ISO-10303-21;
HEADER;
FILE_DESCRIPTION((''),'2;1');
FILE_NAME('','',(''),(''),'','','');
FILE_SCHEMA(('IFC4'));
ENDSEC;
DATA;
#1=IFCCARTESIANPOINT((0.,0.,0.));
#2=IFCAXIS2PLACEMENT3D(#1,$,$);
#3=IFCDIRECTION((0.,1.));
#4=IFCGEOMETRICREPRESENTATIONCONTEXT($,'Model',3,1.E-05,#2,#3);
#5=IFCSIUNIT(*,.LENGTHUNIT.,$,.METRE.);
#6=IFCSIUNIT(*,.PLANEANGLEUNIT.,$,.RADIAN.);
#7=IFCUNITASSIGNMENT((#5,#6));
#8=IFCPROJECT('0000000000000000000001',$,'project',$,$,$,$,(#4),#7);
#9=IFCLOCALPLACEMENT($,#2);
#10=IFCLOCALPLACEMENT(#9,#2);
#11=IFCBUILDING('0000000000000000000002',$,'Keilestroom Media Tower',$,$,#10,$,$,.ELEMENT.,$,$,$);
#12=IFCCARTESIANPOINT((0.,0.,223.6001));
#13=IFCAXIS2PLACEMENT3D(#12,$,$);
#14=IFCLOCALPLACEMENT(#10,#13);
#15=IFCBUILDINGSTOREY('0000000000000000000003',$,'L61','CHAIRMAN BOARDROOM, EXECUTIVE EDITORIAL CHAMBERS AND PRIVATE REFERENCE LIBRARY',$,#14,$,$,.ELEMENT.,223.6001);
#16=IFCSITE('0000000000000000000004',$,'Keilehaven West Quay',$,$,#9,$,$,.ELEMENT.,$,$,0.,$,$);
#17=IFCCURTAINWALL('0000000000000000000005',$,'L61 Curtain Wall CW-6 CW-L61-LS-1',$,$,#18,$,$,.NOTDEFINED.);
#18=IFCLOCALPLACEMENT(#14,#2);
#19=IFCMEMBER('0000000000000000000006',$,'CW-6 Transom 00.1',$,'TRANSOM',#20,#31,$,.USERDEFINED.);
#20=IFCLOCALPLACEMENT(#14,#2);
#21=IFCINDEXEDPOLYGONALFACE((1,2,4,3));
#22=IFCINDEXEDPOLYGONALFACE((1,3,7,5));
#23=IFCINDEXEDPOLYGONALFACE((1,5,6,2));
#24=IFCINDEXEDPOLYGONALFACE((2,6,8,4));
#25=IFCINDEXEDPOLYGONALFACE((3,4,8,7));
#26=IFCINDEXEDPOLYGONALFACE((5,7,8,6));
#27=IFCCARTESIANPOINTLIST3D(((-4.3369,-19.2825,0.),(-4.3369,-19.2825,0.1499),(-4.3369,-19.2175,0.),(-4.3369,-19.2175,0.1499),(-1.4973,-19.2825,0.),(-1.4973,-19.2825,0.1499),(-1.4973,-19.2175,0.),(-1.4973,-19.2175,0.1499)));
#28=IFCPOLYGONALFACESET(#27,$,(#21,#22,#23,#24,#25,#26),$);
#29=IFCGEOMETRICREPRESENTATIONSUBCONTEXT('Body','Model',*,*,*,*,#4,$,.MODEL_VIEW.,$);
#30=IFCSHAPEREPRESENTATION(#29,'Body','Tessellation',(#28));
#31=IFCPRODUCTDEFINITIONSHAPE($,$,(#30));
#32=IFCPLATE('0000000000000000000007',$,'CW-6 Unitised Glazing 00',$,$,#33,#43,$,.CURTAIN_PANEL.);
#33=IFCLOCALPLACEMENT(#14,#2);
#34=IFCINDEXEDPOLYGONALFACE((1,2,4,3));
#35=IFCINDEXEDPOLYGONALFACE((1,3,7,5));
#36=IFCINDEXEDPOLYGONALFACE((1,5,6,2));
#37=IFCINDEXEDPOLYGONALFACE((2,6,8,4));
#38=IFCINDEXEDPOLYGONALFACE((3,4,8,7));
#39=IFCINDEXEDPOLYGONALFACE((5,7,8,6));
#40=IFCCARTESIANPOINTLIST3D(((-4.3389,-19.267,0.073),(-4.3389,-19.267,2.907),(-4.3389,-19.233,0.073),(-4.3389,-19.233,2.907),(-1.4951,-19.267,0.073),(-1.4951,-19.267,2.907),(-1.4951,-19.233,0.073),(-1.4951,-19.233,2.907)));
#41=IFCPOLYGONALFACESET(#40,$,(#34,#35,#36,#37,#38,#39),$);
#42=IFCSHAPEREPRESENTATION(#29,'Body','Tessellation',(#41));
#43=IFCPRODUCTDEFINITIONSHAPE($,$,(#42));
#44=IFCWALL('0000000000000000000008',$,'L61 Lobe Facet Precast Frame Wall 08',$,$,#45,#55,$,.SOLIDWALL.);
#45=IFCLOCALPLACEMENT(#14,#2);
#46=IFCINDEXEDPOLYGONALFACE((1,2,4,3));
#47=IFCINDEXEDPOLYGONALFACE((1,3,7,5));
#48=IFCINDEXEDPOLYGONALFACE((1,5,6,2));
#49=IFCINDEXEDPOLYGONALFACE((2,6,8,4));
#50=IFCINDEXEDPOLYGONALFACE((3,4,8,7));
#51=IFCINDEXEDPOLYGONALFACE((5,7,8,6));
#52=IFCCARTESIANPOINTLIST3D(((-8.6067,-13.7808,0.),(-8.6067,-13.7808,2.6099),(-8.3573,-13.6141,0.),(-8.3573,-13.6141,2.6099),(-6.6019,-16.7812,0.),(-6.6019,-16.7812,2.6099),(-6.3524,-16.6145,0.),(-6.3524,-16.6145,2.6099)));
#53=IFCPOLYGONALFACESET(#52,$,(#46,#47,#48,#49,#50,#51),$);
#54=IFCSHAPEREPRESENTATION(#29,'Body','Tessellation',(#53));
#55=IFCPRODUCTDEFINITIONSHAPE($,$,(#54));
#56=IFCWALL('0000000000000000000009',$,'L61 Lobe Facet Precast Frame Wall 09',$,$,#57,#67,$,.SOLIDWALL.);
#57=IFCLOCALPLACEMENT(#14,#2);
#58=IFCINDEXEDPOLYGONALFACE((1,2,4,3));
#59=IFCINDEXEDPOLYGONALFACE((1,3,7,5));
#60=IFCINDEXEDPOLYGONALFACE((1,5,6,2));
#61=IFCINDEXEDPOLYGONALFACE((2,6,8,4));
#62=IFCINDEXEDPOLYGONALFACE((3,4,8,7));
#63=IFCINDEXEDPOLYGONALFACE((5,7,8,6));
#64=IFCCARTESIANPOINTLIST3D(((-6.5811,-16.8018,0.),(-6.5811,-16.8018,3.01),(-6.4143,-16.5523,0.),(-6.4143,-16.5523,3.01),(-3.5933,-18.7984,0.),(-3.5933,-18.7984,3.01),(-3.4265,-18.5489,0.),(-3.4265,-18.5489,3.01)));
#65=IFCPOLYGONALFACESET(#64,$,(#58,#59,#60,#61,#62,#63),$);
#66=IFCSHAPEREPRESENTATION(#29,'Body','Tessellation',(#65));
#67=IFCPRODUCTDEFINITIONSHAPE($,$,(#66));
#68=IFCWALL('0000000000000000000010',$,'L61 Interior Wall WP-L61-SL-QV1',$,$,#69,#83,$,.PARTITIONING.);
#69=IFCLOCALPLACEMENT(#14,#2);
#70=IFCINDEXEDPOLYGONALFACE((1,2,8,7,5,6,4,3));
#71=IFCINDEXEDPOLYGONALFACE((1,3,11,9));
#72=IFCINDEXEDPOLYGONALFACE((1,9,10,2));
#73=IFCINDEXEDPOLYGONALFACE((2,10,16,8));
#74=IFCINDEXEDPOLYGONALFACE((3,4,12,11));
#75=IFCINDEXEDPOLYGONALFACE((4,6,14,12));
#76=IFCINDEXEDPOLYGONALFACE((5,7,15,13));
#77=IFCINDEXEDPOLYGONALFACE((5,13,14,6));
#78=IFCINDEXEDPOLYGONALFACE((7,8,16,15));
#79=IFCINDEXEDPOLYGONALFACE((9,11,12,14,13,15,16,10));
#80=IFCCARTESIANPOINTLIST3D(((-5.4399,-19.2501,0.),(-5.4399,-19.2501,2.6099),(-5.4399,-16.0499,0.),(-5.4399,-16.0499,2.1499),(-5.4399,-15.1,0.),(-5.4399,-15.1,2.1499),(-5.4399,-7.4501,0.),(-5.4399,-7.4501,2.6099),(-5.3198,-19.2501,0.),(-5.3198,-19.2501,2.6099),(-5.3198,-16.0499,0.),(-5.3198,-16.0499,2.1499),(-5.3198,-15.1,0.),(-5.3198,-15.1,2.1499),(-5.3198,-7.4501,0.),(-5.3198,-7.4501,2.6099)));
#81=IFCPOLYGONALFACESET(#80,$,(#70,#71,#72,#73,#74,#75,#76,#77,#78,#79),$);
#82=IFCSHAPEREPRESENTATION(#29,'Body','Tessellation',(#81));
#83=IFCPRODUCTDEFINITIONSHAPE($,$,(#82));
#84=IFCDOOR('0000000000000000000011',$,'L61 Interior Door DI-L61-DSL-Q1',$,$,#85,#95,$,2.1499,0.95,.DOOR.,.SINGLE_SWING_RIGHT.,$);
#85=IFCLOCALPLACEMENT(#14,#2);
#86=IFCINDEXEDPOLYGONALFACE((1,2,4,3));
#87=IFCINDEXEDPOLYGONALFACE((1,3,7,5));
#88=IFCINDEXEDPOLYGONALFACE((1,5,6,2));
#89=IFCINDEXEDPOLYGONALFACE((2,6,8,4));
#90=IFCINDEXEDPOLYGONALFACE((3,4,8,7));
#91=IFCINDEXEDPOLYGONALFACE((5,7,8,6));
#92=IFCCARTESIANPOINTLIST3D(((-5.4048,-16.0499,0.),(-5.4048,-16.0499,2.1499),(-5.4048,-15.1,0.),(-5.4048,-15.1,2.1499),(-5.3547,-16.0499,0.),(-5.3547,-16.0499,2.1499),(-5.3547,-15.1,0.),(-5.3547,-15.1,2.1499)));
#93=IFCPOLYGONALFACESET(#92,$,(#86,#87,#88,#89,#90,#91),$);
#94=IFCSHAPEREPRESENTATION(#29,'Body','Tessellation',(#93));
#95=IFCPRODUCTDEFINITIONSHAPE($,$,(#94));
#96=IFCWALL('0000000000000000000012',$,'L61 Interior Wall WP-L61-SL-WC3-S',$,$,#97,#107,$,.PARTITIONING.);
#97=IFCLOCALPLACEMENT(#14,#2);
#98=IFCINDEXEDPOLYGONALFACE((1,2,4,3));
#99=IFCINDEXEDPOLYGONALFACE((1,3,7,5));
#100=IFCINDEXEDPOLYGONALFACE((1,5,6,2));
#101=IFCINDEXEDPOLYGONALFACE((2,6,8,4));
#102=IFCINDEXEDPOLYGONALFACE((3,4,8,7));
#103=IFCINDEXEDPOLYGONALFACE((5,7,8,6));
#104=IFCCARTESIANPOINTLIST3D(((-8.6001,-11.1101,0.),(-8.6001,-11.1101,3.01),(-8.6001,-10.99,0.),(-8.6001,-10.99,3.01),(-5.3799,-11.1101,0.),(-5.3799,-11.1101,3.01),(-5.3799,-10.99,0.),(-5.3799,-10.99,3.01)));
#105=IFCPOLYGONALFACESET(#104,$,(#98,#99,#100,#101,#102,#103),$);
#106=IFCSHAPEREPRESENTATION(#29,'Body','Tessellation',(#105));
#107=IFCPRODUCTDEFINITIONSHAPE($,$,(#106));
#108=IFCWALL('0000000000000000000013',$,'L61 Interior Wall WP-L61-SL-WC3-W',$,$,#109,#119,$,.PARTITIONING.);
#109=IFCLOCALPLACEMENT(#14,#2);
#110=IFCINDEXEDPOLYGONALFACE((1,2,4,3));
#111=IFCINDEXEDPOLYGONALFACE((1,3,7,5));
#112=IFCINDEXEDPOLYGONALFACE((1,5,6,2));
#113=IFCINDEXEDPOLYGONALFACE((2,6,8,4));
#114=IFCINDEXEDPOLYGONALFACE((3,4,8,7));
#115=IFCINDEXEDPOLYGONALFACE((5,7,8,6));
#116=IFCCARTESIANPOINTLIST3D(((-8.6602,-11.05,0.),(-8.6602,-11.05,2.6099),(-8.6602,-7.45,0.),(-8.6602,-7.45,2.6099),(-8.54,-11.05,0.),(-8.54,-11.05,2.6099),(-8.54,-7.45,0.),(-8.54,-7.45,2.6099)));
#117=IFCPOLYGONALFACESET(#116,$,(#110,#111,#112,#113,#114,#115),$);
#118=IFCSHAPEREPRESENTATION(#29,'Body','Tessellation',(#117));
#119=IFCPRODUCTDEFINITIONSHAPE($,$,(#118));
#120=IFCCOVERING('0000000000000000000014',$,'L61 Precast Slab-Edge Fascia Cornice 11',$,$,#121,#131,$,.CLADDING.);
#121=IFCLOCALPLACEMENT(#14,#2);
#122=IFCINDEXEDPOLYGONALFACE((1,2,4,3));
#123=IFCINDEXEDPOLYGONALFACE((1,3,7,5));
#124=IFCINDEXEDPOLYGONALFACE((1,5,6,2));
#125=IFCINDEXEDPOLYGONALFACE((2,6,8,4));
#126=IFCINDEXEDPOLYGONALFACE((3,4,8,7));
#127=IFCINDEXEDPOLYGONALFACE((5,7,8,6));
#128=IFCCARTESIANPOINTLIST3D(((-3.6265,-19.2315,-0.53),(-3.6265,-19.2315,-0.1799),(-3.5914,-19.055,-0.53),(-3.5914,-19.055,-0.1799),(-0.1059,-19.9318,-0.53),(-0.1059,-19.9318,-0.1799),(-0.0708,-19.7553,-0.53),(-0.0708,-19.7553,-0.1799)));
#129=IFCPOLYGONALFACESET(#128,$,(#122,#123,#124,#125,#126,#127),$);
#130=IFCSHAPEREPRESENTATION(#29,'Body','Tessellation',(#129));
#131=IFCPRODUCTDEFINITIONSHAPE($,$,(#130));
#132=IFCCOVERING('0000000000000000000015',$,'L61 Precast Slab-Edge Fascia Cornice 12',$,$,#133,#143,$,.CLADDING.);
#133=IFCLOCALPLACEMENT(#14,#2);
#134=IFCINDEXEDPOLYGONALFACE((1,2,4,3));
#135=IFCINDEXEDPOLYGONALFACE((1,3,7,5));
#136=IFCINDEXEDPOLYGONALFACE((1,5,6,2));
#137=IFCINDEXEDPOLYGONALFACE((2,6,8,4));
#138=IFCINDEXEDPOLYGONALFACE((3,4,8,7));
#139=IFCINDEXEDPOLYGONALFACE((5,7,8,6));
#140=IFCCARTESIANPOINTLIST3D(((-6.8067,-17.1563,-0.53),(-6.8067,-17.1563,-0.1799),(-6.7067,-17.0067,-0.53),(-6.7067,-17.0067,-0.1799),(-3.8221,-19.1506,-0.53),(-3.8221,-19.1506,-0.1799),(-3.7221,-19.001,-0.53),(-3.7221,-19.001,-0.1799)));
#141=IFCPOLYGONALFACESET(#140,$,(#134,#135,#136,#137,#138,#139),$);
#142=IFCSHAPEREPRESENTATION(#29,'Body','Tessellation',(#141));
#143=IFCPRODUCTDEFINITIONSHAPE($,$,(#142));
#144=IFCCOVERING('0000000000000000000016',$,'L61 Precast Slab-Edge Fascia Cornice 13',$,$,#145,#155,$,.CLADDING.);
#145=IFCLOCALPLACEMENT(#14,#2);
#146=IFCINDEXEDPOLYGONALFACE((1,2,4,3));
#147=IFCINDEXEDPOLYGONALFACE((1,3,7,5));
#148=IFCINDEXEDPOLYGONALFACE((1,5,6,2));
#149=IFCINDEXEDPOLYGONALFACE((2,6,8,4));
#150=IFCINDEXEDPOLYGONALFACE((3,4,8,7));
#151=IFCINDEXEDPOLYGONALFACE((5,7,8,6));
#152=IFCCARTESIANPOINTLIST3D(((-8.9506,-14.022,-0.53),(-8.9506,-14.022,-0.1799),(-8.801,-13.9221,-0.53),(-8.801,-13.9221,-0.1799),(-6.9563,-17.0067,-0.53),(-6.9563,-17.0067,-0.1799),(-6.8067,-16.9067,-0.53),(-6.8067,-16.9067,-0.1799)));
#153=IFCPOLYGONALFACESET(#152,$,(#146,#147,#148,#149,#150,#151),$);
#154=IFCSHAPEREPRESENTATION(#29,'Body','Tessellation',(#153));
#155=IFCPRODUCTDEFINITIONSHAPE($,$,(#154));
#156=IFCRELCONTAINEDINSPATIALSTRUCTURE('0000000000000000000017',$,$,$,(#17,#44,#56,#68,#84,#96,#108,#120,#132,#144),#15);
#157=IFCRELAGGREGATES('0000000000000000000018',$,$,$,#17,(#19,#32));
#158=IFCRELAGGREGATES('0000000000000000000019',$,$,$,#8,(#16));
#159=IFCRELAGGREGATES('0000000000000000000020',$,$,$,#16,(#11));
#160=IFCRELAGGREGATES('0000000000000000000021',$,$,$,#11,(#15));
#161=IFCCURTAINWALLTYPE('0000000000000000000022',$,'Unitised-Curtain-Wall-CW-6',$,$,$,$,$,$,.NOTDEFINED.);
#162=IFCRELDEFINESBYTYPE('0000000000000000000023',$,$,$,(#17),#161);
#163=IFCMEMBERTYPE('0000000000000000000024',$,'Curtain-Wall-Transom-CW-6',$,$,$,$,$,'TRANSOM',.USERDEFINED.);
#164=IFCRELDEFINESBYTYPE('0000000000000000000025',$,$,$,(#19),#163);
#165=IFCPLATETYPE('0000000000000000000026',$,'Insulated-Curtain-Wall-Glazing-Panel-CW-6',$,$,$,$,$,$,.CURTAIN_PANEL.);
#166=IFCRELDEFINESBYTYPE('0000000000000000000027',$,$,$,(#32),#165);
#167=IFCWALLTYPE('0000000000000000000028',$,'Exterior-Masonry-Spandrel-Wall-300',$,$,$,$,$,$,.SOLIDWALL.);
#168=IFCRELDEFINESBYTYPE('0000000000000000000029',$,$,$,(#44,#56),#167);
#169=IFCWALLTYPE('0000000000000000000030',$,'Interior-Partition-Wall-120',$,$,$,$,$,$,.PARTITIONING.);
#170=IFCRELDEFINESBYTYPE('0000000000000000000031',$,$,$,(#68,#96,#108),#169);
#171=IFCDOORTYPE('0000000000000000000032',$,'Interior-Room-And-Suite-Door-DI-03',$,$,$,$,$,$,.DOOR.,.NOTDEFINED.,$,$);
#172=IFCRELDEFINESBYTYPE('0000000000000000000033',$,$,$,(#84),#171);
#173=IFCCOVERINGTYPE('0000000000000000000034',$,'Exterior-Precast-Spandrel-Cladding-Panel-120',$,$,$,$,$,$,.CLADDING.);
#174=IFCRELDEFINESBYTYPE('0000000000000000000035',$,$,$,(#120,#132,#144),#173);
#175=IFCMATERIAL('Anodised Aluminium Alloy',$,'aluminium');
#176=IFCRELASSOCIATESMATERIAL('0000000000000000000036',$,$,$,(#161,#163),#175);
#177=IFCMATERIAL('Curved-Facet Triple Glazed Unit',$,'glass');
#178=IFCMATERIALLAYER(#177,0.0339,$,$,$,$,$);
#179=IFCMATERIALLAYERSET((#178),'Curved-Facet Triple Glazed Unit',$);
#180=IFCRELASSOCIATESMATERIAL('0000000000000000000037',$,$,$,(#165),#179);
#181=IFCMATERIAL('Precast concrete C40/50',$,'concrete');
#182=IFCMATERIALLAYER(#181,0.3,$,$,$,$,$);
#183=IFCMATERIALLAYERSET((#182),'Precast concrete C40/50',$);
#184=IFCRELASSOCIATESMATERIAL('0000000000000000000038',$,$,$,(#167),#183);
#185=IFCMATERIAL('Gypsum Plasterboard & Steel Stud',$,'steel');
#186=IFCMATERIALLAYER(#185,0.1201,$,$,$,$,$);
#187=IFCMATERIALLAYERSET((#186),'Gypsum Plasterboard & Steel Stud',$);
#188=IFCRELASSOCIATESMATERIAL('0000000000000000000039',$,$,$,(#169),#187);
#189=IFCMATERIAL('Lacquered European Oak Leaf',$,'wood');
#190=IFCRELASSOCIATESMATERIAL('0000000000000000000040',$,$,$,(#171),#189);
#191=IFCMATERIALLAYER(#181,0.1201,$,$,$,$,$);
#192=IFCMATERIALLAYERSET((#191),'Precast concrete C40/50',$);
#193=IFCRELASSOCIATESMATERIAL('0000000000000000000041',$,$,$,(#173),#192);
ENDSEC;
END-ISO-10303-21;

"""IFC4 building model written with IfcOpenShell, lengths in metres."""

from ifc_helpers import new_model, si_unit, direction, frame, frame_2d, origin, origin_2d, place, context, subcontext, project, spatial, rectangle, extrude, source, transform, mapped, material, layer, layer_set, material_profile, profile_set, type_object, element, fill, aggregate, save


model = new_model("IFC4")

# Units and contexts
model_context = context("Model", 3, precision=1e-05, world=origin(), true_north=direction((0.0, 1.0)))
body_context = subcontext(model_context, "Body", "Model", "MODEL_VIEW")
ifc_project = project(units=[si_unit("LENGTHUNIT", "METRE"), si_unit("PLANEANGLEUNIT", "RADIAN")], contexts=[model_context])

# Site, building, storey
site_placement = place(None, origin())
site = spatial("IfcSite", under=ifc_project, at=site_placement, Name="Keilehaven West Quay", CompositionType="ELEMENT", RefElevation=0.0)
building_placement = place(site_placement, origin())
building = spatial("IfcBuilding", under=site, at=building_placement, Name="Keilestroom Media Tower", CompositionType="ELEMENT")
storey_placement = place(building_placement, frame((0.0, 0.0, 223.6001)))
storey = spatial("IfcBuildingStorey", under=building, at=storey_placement, Name="L61", Description="CHAIRMAN BOARDROOM, EXECUTIVE EDITORIAL CHAMBERS AND PRIVATE REFERENCE LIBRARY", CompositionType="ELEMENT", Elevation=223.6001)

# Curtain wall, member, plate
ifc_material_1 = material(Name="Anodised Aluminium Alloy", Category="aluminium")
curtain_wall_type = type_object("IfcCurtainWallType", Name="Unitised-Curtain-Wall-CW-6", PredefinedType="NOTDEFINED", material=ifc_material_1)
curtain_wall_placement = place(storey_placement, origin())
curtain_wall = element("IfcCurtainWall", 1, at=curtain_wall_placement, inside=storey, type_object=curtain_wall_type, Name="L61 Curtain Wall CW-6 CW-L61-LS-1", PredefinedType="NOTDEFINED")
ifc_material_profile_1 = material_profile(ifc_material_1, rectangle(XDim=0.0649, YDim=0.1499, at=origin_2d()), Name="ALU TRANSOM 65x150")
ifc_profile_set_1 = profile_set([ifc_material_profile_1], Name="Anodised Aluminium Alloy")
member_type_1 = type_object("IfcMemberType", Name="Curtain-Wall-Transom-CW-6", ElementType="TRANSOM", PredefinedType="USERDEFINED", material=ifc_profile_set_1)
shared_shape_1 = source(origin(), body_context, "Body", "SweptSolid", [
    extrude(rectangle(XDim=0.0649, YDim=0.1499, at=origin_2d()), origin(), (0.0, 0.0, 1.0), 2.8396),
])
member_1_placement = place(storey_placement, frame((-4.3369, -19.25, 0.075), z_axis=(1.0, 0.0, 0.0), x_axis=(0.0, 1.0, 0.0)))
member_1 = element("IfcMember", 2, at=member_1_placement, type_object=member_type_1, Name="CW-6 Transom 00.1", ObjectType="TRANSOM", PredefinedType="USERDEFINED", context=body_context, shape_type="MappedRepresentation", body=[
    mapped(shared_shape_1, transform((0.0, 0.0, 0.0), x_axis=(1.0, 0.0, 0.0), y_axis=(0.0, 1.0, 0.0), z_axis=(0.0, 0.0, 1.0), scale=1.0)),
])
ifc_material_2 = material(Name="Curved-Facet Triple Glazed Unit", Category="glass")
ifc_layer_1 = layer(ifc_material_2, 0.0339)
ifc_layer_set_1 = layer_set([ifc_layer_1], Name="Curved-Facet Triple Glazed Unit")
plate_type = type_object("IfcPlateType", Name="Insulated-Curtain-Wall-Glazing-Panel-CW-6", PredefinedType="CURTAIN_PANEL", material=ifc_layer_set_1)
shared_shape_2 = source(origin(), body_context, "Body", "SweptSolid", [
    extrude(rectangle(XDim=2.8438, YDim=0.0339, at=origin_2d()), origin(), (0.0, 0.0, 1.0), 2.834),
])
plate_placement = place(storey_placement, frame((-2.917, -19.25, 0.073), z_axis=(0.0, 0.0, 1.0), x_axis=(1.0, 0.0, 0.0)))
plate = element("IfcPlate", 3, at=plate_placement, type_object=plate_type, Name="CW-6 Unitised Glazing 00", PredefinedType="CURTAIN_PANEL", context=body_context, shape_type="MappedRepresentation", body=[
    mapped(shared_shape_2, transform((0.0, 0.0, 0.0), x_axis=(1.0, 0.0, 0.0), y_axis=(0.0, 1.0, 0.0), z_axis=(0.0, 0.0, 1.0), scale=1.0)),
])
aggregate(curtain_wall, [member_1, plate])

# Walls
ifc_material_3 = material(Name="Precast concrete C40/50", Category="concrete")
ifc_layer_2 = layer(ifc_material_3, 0.3)
ifc_layer_set_2 = layer_set([ifc_layer_2], Name="Precast concrete C40/50")
wall_type_1 = type_object("IfcWallType", Name="Exterior-Masonry-Spandrel-Wall-300", PredefinedType="SOLIDWALL", material=ifc_layer_set_2)
wall_1_placement = place(storey_placement, frame((-8.4819, -13.6975, 0.0), z_axis=(0.0, 0.0, 1.0), x_axis=(0.555574, -0.831467, 0.0)))
element("IfcWall", 4, at=wall_1_placement, inside=storey, type_object=wall_type_1, Name="L61 Lobe Facet Precast Frame Wall 08", PredefinedType="SOLIDWALL", context=body_context, shape_type="SweptSolid", body=[
    extrude(rectangle(XDim=3.6086, YDim=0.3, at=frame_2d((1.8042, 0.0))), origin(), (0.0, 0.0, 1.0), 2.6099),
])
wall_2_placement = place(storey_placement, frame((-6.4978, -16.677, 0.0), z_axis=(0.0, 0.0, 1.0), x_axis=(0.831444, -0.555609, 0.0)))
element("IfcWall", 5, at=wall_2_placement, inside=storey, type_object=wall_type_1, Name="L61 Lobe Facet Precast Frame Wall 09", PredefinedType="SOLIDWALL", context=body_context, shape_type="SweptSolid", body=[
    extrude(rectangle(XDim=3.5935, YDim=0.3, at=frame_2d((1.7969, 0.0))), origin(), (0.0, 0.0, 1.0), 3.01),
])

# Wall, opening, door
ifc_material_4 = material(Name="Gypsum Plasterboard & Steel Stud", Category="steel")
ifc_layer_3 = layer(ifc_material_4, 0.1201)
ifc_layer_set_3 = layer_set([ifc_layer_3], Name="Gypsum Plasterboard & Steel Stud")
wall_type_2 = type_object("IfcWallType", Name="Interior-Partition-Wall-120", PredefinedType="PARTITIONING", material=ifc_layer_set_3)
wall_3_placement = place(storey_placement, frame((-5.3799, -19.25, 0.0), z_axis=(0.0, 0.0, 1.0), x_axis=(0.0, 1.0, 0.0)))
wall_3 = element("IfcWall", 6, at=wall_3_placement, inside=storey, type_object=wall_type_2, Name="L61 Interior Wall WP-L61-SL-QV1", PredefinedType="PARTITIONING", context=body_context, shape_type="SweptSolid", body=[
    extrude(rectangle(XDim=11.8, YDim=0.1201, at=frame_2d((5.8999, 0.0))), origin(), (0.0, 0.0, 1.0), 2.6099),
])
opening_placement = place(wall_3_placement, frame((3.2, 0.0, 0.0)))
opening = element("IfcOpeningElement", 7, at=opening_placement, cuts=wall_3, PredefinedType="OPENING", context=body_context, shape_type="SweptSolid", body=[
    extrude(rectangle(XDim=0.95, YDim=2.1499, at=frame_2d((0.4751, 1.075))), frame((0.0, 0.0701, 0.0), z_axis=(0.0, -1.0, 0.0), x_axis=(1.0, 0.0, 0.0)), (0.0, 0.0, 1.0), 0.1401),
])
ifc_material_5 = material(Name="Lacquered European Oak Leaf", Category="wood")
door_type = type_object("IfcDoorType", Name="Interior-Room-And-Suite-Door-DI-03", OperationType="NOTDEFINED", PredefinedType="DOOR", material=ifc_material_5)
shared_shape_3 = source(origin(), body_context, "Body", "SweptSolid", [
    extrude(rectangle(XDim=0.95, YDim=2.1499, at=frame_2d((0.4751, 1.075))), frame((0.0, 0.0249, 0.0), z_axis=(0.0, -1.0, 0.0), x_axis=(1.0, 0.0, 0.0)), (0.0, 0.0, 1.0), 0.05),
])
door_placement = place(opening_placement, origin())
door = element("IfcDoor", 8, at=door_placement, inside=storey, type_object=door_type, Name="L61 Interior Door DI-L61-DSL-Q1", OperationType="SINGLE_SWING_RIGHT", OverallHeight=2.1499, OverallWidth=0.95, PredefinedType="DOOR", context=body_context, shape_type="MappedRepresentation", body=[
    mapped(shared_shape_3, transform((0.0, 0.0, 0.0), x_axis=(1.0, 0.0, 0.0), y_axis=(0.0, 1.0, 0.0), z_axis=(0.0, 0.0, 1.0), scale=1.0)),
])
fill(opening, door)

# Walls
wall_4_placement = place(storey_placement, frame((-8.6001, -11.05, 0.0), z_axis=(0.0, 0.0, 1.0), x_axis=(1.0, 0.0, 0.0)))
element("IfcWall", 9, at=wall_4_placement, inside=storey, type_object=wall_type_2, Name="L61 Interior Wall WP-L61-SL-WC3-S", PredefinedType="PARTITIONING", context=body_context, shape_type="SweptSolid", body=[
    extrude(rectangle(XDim=3.2202, YDim=0.1201, at=frame_2d((1.6101, 0.0))), origin(), (0.0, 0.0, 1.0), 3.01),
])
wall_5_placement = place(storey_placement, frame((-8.6001, -11.05, 0.0), z_axis=(0.0, 0.0, 1.0), x_axis=(0.0, 1.0, 0.0)))
element("IfcWall", 10, at=wall_5_placement, inside=storey, type_object=wall_type_2, Name="L61 Interior Wall WP-L61-SL-WC3-W", PredefinedType="PARTITIONING", context=body_context, shape_type="SweptSolid", body=[
    extrude(rectangle(XDim=3.6001, YDim=0.1201, at=frame_2d((1.8, 0.0))), origin(), (0.0, 0.0, 1.0), 2.6099),
])

# Coverings
ifc_layer_4 = layer(ifc_material_3, 0.1201)
ifc_layer_set_4 = layer_set([ifc_layer_4], Name="Precast concrete C40/50")
covering_type = type_object("IfcCoveringType", Name="Exterior-Precast-Spandrel-Cladding-Panel-120", PredefinedType="CLADDING", material=ifc_layer_set_4)
shared_shape_4 = source(origin(), body_context, "Body", "SweptSolid", [
    extrude(rectangle(XDim=3.5896, YDim=0.1799, at=origin_2d()), origin(), (0.0, 0.0, 1.0), 0.3501),
])
for number, where, z_axis, x_axis, name in (
    (11, (-1.8486, -19.4934, -0.53), (0.0, 0.0, 1.0), (-0.980784, 0.195099, 0.0), "L61 Precast Slab-Edge Fascia Cornice 11"),
    (12, (-5.2644, -18.0786, -0.53), (0.0, 0.0, 1.0), (-0.831467, 0.555575, 0.0), "L61 Precast Slab-Edge Fascia Cornice 12"),
    (13, (-7.8787, -15.4644, -0.53), (0.0, 0.0, 1.0), (-0.555575, 0.831467, 0.0), "L61 Precast Slab-Edge Fascia Cornice 13"),
):
    element("IfcCovering", number, at=place(storey_placement, frame(where, z_axis=z_axis, x_axis=x_axis)), inside=storey, type_object=covering_type, Name=name, PredefinedType="CLADDING", context=body_context, shape_type="MappedRepresentation", body=[
        mapped(shared_shape_4, transform((0.0, 0.0, 0.0), x_axis=(1.0, 0.0, 0.0), y_axis=(0.0, 1.0, 0.0), z_axis=(0.0, 0.0, 1.0), scale=1.0)),
    ])

save(model, "model.ifc")
